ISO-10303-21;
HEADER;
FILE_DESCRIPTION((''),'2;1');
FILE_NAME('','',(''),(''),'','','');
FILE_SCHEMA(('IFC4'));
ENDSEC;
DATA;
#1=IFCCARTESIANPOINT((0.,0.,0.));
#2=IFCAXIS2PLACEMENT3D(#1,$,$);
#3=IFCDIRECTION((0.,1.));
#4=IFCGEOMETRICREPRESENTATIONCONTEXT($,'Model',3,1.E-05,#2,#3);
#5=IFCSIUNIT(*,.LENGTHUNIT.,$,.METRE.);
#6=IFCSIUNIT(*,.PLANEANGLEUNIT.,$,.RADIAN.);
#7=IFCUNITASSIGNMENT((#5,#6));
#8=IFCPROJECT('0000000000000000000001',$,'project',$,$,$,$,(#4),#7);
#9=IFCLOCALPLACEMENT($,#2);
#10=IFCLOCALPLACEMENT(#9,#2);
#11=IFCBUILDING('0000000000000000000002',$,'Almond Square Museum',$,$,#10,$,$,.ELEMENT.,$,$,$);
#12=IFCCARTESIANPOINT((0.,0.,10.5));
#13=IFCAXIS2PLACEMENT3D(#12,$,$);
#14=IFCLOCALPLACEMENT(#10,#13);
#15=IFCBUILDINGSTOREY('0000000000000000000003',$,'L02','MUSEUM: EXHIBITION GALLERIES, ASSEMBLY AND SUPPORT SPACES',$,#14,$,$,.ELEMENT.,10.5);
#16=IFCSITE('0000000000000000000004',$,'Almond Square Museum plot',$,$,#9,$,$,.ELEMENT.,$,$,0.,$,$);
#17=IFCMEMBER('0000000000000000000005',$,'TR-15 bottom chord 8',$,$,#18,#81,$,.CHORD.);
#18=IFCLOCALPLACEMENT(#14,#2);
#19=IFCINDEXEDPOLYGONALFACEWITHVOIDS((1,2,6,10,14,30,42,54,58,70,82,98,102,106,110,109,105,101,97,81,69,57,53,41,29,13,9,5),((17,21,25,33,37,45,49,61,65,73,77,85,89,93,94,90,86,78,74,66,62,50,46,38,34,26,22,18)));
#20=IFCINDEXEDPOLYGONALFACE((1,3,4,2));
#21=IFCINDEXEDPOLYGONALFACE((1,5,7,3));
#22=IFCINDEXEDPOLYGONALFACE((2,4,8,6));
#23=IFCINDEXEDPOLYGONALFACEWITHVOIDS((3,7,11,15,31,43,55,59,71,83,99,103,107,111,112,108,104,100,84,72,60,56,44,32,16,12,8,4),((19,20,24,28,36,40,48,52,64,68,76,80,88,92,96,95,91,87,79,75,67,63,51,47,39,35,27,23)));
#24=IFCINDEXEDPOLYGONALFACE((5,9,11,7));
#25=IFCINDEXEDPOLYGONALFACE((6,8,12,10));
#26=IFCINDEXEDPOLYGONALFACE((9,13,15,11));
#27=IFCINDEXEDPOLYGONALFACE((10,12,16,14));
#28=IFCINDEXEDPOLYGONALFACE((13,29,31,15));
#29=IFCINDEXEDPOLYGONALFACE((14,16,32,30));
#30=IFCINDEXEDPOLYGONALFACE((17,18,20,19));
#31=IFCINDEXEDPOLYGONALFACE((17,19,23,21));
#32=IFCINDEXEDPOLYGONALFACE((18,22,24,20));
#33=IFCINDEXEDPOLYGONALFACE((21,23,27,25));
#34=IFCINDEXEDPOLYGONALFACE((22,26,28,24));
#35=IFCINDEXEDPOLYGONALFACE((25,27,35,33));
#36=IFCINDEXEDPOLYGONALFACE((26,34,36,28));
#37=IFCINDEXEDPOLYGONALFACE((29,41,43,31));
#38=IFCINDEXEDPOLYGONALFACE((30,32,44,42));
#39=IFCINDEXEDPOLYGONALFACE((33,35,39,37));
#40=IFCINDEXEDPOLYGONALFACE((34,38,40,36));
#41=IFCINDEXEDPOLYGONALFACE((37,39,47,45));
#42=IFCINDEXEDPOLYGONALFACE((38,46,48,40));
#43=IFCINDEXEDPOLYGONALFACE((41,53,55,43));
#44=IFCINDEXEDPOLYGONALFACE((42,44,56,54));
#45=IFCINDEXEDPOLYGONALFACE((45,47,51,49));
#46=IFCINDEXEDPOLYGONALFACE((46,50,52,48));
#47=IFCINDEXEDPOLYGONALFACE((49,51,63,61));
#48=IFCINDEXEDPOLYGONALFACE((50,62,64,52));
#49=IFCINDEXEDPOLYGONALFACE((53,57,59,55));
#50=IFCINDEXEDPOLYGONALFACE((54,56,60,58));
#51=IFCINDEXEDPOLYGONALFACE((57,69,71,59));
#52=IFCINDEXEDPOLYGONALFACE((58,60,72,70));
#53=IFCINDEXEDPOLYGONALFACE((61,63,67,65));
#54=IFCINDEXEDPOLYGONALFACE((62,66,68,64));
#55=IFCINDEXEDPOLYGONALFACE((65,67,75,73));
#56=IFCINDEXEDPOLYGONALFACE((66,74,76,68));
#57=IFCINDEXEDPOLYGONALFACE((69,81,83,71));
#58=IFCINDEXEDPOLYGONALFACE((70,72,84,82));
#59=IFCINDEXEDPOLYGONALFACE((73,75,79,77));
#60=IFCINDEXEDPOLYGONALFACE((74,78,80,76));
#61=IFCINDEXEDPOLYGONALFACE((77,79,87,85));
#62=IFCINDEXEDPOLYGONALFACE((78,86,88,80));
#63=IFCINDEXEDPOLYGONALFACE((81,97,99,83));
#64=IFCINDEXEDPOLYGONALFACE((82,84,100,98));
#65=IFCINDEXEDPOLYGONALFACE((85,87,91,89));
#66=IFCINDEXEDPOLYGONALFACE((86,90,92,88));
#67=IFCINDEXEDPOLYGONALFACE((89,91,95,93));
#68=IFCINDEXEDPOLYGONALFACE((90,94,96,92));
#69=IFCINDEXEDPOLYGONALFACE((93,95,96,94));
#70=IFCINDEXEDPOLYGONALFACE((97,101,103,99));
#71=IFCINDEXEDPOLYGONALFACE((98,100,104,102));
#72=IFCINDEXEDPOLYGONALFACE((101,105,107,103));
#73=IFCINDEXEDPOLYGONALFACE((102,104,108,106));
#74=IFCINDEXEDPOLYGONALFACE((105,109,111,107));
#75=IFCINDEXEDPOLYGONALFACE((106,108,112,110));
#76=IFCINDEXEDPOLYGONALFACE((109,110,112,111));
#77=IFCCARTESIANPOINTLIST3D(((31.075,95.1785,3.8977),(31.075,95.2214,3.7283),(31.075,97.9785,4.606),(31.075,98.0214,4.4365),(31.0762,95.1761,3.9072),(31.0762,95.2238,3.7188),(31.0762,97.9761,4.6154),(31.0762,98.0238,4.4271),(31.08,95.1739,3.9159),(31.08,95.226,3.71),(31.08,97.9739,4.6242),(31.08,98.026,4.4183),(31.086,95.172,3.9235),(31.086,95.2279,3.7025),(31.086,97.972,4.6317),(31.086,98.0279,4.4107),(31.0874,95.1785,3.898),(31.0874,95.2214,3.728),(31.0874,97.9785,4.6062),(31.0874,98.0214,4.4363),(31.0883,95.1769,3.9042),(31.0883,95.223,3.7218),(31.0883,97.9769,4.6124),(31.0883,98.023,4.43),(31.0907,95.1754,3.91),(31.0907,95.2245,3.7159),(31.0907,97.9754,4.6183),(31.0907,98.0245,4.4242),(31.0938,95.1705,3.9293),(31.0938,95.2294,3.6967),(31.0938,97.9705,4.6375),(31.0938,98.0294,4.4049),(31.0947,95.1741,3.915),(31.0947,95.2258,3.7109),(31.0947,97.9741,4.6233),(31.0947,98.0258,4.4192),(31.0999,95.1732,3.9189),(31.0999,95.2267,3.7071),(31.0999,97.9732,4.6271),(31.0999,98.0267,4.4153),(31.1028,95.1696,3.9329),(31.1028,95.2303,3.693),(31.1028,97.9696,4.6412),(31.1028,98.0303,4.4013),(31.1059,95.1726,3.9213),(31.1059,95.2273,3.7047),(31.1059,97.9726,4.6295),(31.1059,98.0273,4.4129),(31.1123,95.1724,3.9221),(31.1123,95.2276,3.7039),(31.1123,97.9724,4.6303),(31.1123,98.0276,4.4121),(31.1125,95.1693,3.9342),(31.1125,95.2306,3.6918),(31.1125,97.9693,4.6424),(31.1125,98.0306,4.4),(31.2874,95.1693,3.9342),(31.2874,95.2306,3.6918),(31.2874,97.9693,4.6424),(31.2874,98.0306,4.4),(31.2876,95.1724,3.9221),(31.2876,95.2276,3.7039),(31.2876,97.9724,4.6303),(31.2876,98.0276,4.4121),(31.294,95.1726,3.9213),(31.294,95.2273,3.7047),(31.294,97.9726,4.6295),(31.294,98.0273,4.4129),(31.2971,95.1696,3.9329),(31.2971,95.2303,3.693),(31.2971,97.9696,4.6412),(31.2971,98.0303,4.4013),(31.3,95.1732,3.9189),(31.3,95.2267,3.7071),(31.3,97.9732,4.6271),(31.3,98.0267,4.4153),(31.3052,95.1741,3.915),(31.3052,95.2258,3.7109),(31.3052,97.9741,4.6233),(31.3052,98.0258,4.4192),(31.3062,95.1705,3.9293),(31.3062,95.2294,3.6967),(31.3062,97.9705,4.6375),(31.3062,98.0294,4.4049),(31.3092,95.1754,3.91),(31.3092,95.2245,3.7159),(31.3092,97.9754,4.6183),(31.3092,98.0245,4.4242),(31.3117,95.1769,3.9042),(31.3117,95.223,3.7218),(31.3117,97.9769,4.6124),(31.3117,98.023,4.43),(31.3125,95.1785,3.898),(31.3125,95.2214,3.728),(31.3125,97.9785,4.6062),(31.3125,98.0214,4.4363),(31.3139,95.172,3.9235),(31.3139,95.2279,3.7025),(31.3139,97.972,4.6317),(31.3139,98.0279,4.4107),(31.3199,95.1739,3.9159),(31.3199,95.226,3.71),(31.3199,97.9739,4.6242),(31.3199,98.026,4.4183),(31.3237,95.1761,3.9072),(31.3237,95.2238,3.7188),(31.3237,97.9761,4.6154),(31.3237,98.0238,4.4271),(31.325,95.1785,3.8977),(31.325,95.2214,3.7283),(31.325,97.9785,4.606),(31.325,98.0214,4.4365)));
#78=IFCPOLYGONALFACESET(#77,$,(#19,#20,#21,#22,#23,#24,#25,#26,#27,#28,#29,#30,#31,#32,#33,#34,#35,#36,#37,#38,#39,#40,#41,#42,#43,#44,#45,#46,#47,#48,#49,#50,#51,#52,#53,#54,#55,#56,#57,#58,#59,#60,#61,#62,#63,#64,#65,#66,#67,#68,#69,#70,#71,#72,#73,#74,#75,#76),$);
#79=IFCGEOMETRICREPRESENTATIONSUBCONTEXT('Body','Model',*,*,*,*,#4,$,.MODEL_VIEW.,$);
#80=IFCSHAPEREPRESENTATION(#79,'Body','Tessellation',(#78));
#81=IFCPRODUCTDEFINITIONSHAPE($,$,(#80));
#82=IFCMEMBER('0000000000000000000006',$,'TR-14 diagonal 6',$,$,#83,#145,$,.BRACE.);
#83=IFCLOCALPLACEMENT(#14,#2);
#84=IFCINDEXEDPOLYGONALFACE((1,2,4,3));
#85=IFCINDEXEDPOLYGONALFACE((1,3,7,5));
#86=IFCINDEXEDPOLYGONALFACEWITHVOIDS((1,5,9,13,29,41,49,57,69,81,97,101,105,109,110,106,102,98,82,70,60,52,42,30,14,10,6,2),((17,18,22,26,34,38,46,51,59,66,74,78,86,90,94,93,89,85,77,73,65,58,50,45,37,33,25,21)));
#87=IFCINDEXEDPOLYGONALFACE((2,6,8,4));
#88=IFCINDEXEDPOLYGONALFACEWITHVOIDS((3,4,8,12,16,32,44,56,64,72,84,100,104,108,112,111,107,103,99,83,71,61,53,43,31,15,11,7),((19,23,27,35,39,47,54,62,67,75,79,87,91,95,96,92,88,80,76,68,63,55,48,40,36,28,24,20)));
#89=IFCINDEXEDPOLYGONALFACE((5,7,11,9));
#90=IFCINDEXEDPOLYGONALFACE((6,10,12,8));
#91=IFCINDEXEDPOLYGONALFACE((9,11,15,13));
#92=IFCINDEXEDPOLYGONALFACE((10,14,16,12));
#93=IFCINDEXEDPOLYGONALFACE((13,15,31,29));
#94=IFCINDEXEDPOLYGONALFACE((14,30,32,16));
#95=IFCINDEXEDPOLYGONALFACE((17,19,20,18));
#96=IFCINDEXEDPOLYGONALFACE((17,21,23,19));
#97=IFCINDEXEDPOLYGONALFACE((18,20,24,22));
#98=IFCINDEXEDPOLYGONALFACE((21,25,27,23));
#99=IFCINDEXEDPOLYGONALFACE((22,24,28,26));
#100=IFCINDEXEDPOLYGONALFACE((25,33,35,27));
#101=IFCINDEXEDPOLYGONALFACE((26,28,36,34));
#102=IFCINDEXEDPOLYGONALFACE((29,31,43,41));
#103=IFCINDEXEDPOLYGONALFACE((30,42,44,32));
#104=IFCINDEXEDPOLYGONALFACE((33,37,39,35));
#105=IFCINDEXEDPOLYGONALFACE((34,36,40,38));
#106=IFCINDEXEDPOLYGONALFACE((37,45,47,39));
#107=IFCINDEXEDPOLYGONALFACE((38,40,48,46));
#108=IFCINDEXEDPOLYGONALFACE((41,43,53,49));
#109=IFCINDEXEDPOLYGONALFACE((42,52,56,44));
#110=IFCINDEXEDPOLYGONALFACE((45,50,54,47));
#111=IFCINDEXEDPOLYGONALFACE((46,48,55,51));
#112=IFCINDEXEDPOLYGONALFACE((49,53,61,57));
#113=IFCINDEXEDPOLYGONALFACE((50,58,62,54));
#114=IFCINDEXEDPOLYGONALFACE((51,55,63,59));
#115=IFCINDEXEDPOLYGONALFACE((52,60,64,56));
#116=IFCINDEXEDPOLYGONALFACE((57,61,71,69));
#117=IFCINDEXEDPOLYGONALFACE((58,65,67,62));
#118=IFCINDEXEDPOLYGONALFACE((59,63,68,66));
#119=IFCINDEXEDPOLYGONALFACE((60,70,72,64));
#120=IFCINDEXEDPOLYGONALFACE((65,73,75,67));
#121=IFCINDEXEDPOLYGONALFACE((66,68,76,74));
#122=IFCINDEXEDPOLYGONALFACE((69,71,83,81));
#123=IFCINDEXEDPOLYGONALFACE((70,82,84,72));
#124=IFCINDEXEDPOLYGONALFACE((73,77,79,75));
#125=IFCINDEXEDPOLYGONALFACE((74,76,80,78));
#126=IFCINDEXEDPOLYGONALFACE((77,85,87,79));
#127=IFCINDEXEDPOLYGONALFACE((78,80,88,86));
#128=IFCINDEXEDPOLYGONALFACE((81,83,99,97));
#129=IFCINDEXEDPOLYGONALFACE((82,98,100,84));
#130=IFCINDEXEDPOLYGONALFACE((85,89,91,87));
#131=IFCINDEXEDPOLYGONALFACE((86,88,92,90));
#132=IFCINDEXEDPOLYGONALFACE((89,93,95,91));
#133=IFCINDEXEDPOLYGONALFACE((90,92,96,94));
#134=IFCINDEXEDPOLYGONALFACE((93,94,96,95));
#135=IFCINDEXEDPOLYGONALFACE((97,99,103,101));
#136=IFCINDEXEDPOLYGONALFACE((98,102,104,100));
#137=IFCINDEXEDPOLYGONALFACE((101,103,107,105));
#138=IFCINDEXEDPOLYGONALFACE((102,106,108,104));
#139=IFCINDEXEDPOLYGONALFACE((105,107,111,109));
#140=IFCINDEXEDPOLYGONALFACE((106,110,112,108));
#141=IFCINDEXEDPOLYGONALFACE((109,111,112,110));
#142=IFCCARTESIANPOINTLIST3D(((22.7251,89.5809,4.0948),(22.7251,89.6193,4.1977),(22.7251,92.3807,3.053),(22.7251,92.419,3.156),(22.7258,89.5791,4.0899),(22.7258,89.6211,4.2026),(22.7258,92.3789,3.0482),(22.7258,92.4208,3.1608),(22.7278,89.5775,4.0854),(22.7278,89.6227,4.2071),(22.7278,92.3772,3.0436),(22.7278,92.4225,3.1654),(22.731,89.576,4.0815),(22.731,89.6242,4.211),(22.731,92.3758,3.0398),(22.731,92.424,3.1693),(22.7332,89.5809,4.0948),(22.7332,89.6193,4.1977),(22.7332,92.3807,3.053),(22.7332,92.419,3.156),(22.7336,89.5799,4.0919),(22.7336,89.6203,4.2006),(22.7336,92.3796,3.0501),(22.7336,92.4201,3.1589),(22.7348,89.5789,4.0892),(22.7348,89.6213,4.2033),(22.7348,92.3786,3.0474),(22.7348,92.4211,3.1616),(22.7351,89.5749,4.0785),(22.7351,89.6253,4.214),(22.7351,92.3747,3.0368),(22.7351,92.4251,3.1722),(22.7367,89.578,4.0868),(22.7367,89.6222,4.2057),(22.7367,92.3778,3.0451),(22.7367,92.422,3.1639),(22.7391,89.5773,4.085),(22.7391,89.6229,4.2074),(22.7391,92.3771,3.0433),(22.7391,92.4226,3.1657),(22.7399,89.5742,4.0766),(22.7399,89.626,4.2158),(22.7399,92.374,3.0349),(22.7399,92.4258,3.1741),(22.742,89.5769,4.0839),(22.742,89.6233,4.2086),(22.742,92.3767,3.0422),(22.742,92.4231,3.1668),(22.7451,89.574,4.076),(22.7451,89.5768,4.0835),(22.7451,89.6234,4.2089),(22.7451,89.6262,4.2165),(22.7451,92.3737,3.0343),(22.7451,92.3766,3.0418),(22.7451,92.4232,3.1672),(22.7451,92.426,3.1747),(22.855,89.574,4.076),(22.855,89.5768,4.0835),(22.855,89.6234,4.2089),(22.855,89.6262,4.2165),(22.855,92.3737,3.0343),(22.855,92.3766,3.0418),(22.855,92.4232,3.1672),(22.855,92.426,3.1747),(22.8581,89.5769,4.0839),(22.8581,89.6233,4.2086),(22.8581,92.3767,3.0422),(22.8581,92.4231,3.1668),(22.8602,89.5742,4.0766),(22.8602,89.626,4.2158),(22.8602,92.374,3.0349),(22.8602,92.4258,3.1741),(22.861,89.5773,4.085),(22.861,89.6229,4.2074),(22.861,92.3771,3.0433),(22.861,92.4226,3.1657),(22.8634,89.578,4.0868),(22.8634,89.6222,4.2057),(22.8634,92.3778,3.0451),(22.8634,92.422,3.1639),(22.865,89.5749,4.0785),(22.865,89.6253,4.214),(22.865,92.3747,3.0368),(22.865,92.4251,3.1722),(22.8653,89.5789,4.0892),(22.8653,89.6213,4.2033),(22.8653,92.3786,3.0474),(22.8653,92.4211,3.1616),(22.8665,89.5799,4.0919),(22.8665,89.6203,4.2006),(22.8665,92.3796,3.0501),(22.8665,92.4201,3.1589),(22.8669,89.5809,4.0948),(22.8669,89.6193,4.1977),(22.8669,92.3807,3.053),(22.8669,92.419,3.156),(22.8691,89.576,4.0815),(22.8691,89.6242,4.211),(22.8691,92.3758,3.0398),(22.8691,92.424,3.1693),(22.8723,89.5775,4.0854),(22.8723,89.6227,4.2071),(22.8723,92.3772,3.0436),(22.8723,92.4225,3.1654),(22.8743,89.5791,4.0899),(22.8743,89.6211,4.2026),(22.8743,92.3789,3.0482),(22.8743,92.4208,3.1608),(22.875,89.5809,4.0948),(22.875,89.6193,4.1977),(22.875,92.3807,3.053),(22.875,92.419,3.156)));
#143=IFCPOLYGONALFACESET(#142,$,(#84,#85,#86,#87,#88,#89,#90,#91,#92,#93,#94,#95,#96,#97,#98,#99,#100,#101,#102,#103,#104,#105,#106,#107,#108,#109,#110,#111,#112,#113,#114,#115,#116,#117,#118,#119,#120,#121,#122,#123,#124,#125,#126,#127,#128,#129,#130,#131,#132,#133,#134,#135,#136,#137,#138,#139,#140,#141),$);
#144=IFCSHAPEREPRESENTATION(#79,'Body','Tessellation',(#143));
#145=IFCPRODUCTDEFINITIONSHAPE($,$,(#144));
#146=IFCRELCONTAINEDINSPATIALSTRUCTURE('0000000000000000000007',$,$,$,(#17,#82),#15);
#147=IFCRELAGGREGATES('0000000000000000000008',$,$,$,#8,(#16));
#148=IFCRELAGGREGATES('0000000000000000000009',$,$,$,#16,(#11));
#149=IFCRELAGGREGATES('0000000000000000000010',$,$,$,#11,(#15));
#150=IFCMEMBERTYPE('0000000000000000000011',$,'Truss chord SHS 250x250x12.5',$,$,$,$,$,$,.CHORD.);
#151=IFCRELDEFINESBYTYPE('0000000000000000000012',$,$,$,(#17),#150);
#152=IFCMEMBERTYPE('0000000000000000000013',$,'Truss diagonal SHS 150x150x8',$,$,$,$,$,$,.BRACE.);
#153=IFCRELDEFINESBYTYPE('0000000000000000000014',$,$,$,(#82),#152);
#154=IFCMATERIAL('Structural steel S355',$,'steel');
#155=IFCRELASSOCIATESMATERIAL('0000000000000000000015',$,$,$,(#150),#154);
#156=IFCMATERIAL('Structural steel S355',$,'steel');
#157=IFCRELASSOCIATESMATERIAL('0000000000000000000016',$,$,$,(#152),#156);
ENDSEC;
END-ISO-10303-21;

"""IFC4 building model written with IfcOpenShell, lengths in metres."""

from ifc_helpers import new_model, si_unit, direction, frame, origin, origin_2d, place, context, subcontext, project, spatial, hollow_rectangle, extrude, material, material_profile, profile_set, type_object, element, save


model = new_model("IFC4")

# Units and contexts
model_context = context("Model", 3, precision=1e-05, world=origin(), true_north=direction((0.0, 1.0)))
body_context = subcontext(model_context, "Body", "Model", "MODEL_VIEW")
ifc_project = project(units=[si_unit("LENGTHUNIT", "METRE"), si_unit("PLANEANGLEUNIT", "RADIAN")], contexts=[model_context])

# Site, building, storey
site_placement = place(None, origin())
site = spatial("IfcSite", under=ifc_project, at=site_placement, Name="Almond Square Museum plot", CompositionType="ELEMENT", RefElevation=0.0)
building_placement = place(site_placement, origin())
building = spatial("IfcBuilding", under=site, at=building_placement, Name="Almond Square Museum", CompositionType="ELEMENT")
storey_placement = place(building_placement, frame((0.0, 0.0, 10.5)))
storey = spatial("IfcBuildingStorey", under=building, at=storey_placement, Name="L02", Description="MUSEUM: EXHIBITION GALLERIES, ASSEMBLY AND SUPPORT SPACES", CompositionType="ELEMENT", Elevation=10.5)

# Members
ifc_material_1 = material(Name="Structural steel S355", Category="steel")
ifc_material_profile_1 = material_profile(ifc_material_1, hollow_rectangle(XDim=0.25, YDim=0.25, WallThickness=0.0125, InnerFilletRadius=0.0249, OuterFilletRadius=0.0376, at=origin_2d()))
ifc_profile_set_1 = profile_set([ifc_material_profile_1], Name="Structural steel S355")
member_type_1 = type_object("IfcMemberType", Name="Truss chord SHS 250x250x12.5", PredefinedType="CHORD", material=ifc_profile_set_1)
for number, where, z_axis, x_axis, name in (
    (1, (31.2, 95.2, 3.813), (0.0, 0.969468, 0.24522), (-1.0, 0.0, 0.0), "TR-15 bottom chord 8"),
):
    element("IfcMember", number, at=place(storey_placement, frame(where, z_axis=z_axis, x_axis=x_axis)), inside=storey, type_object=member_type_1, Name=name, PredefinedType="CHORD", context=body_context, shape_type="SweptSolid", body=[
        extrude(hollow_rectangle(XDim=0.25, YDim=0.25, WallThickness=0.0125, InnerFilletRadius=0.0249, OuterFilletRadius=0.0376, at=origin_2d()), origin(), (0.0, 0.0, 1.0), 2.8882),
    ])
ifc_material_2 = material(Name="Structural steel S355", Category="steel")
ifc_material_profile_2 = material_profile(ifc_material_2, hollow_rectangle(XDim=0.1499, YDim=0.1499, WallThickness=0.0081, InnerFilletRadius=0.012, OuterFilletRadius=0.02, at=origin_2d()))
ifc_profile_set_2 = profile_set([ifc_material_profile_2], Name="Structural steel S355")
member_type_2 = type_object("IfcMemberType", Name="Truss diagonal SHS 150x150x8", PredefinedType="BRACE", material=ifc_profile_set_2)
member_1_placement = place(storey_placement, frame((22.8, 89.6001, 4.1462), z_axis=(0.0, 0.937226, -0.348722), x_axis=(-1.0, 0.0, 0.0)))
element("IfcMember", 2, at=member_1_placement, inside=storey, type_object=member_type_2, Name="TR-14 diagonal 6", PredefinedType="BRACE", context=body_context, shape_type="SweptSolid", body=[
    extrude(hollow_rectangle(XDim=0.1499, YDim=0.1499, WallThickness=0.0081, InnerFilletRadius=0.012, OuterFilletRadius=0.02, at=origin_2d()), origin(), (0.0, 0.0, 1.0), 2.9873),
])

save(model, "model.ifc")
